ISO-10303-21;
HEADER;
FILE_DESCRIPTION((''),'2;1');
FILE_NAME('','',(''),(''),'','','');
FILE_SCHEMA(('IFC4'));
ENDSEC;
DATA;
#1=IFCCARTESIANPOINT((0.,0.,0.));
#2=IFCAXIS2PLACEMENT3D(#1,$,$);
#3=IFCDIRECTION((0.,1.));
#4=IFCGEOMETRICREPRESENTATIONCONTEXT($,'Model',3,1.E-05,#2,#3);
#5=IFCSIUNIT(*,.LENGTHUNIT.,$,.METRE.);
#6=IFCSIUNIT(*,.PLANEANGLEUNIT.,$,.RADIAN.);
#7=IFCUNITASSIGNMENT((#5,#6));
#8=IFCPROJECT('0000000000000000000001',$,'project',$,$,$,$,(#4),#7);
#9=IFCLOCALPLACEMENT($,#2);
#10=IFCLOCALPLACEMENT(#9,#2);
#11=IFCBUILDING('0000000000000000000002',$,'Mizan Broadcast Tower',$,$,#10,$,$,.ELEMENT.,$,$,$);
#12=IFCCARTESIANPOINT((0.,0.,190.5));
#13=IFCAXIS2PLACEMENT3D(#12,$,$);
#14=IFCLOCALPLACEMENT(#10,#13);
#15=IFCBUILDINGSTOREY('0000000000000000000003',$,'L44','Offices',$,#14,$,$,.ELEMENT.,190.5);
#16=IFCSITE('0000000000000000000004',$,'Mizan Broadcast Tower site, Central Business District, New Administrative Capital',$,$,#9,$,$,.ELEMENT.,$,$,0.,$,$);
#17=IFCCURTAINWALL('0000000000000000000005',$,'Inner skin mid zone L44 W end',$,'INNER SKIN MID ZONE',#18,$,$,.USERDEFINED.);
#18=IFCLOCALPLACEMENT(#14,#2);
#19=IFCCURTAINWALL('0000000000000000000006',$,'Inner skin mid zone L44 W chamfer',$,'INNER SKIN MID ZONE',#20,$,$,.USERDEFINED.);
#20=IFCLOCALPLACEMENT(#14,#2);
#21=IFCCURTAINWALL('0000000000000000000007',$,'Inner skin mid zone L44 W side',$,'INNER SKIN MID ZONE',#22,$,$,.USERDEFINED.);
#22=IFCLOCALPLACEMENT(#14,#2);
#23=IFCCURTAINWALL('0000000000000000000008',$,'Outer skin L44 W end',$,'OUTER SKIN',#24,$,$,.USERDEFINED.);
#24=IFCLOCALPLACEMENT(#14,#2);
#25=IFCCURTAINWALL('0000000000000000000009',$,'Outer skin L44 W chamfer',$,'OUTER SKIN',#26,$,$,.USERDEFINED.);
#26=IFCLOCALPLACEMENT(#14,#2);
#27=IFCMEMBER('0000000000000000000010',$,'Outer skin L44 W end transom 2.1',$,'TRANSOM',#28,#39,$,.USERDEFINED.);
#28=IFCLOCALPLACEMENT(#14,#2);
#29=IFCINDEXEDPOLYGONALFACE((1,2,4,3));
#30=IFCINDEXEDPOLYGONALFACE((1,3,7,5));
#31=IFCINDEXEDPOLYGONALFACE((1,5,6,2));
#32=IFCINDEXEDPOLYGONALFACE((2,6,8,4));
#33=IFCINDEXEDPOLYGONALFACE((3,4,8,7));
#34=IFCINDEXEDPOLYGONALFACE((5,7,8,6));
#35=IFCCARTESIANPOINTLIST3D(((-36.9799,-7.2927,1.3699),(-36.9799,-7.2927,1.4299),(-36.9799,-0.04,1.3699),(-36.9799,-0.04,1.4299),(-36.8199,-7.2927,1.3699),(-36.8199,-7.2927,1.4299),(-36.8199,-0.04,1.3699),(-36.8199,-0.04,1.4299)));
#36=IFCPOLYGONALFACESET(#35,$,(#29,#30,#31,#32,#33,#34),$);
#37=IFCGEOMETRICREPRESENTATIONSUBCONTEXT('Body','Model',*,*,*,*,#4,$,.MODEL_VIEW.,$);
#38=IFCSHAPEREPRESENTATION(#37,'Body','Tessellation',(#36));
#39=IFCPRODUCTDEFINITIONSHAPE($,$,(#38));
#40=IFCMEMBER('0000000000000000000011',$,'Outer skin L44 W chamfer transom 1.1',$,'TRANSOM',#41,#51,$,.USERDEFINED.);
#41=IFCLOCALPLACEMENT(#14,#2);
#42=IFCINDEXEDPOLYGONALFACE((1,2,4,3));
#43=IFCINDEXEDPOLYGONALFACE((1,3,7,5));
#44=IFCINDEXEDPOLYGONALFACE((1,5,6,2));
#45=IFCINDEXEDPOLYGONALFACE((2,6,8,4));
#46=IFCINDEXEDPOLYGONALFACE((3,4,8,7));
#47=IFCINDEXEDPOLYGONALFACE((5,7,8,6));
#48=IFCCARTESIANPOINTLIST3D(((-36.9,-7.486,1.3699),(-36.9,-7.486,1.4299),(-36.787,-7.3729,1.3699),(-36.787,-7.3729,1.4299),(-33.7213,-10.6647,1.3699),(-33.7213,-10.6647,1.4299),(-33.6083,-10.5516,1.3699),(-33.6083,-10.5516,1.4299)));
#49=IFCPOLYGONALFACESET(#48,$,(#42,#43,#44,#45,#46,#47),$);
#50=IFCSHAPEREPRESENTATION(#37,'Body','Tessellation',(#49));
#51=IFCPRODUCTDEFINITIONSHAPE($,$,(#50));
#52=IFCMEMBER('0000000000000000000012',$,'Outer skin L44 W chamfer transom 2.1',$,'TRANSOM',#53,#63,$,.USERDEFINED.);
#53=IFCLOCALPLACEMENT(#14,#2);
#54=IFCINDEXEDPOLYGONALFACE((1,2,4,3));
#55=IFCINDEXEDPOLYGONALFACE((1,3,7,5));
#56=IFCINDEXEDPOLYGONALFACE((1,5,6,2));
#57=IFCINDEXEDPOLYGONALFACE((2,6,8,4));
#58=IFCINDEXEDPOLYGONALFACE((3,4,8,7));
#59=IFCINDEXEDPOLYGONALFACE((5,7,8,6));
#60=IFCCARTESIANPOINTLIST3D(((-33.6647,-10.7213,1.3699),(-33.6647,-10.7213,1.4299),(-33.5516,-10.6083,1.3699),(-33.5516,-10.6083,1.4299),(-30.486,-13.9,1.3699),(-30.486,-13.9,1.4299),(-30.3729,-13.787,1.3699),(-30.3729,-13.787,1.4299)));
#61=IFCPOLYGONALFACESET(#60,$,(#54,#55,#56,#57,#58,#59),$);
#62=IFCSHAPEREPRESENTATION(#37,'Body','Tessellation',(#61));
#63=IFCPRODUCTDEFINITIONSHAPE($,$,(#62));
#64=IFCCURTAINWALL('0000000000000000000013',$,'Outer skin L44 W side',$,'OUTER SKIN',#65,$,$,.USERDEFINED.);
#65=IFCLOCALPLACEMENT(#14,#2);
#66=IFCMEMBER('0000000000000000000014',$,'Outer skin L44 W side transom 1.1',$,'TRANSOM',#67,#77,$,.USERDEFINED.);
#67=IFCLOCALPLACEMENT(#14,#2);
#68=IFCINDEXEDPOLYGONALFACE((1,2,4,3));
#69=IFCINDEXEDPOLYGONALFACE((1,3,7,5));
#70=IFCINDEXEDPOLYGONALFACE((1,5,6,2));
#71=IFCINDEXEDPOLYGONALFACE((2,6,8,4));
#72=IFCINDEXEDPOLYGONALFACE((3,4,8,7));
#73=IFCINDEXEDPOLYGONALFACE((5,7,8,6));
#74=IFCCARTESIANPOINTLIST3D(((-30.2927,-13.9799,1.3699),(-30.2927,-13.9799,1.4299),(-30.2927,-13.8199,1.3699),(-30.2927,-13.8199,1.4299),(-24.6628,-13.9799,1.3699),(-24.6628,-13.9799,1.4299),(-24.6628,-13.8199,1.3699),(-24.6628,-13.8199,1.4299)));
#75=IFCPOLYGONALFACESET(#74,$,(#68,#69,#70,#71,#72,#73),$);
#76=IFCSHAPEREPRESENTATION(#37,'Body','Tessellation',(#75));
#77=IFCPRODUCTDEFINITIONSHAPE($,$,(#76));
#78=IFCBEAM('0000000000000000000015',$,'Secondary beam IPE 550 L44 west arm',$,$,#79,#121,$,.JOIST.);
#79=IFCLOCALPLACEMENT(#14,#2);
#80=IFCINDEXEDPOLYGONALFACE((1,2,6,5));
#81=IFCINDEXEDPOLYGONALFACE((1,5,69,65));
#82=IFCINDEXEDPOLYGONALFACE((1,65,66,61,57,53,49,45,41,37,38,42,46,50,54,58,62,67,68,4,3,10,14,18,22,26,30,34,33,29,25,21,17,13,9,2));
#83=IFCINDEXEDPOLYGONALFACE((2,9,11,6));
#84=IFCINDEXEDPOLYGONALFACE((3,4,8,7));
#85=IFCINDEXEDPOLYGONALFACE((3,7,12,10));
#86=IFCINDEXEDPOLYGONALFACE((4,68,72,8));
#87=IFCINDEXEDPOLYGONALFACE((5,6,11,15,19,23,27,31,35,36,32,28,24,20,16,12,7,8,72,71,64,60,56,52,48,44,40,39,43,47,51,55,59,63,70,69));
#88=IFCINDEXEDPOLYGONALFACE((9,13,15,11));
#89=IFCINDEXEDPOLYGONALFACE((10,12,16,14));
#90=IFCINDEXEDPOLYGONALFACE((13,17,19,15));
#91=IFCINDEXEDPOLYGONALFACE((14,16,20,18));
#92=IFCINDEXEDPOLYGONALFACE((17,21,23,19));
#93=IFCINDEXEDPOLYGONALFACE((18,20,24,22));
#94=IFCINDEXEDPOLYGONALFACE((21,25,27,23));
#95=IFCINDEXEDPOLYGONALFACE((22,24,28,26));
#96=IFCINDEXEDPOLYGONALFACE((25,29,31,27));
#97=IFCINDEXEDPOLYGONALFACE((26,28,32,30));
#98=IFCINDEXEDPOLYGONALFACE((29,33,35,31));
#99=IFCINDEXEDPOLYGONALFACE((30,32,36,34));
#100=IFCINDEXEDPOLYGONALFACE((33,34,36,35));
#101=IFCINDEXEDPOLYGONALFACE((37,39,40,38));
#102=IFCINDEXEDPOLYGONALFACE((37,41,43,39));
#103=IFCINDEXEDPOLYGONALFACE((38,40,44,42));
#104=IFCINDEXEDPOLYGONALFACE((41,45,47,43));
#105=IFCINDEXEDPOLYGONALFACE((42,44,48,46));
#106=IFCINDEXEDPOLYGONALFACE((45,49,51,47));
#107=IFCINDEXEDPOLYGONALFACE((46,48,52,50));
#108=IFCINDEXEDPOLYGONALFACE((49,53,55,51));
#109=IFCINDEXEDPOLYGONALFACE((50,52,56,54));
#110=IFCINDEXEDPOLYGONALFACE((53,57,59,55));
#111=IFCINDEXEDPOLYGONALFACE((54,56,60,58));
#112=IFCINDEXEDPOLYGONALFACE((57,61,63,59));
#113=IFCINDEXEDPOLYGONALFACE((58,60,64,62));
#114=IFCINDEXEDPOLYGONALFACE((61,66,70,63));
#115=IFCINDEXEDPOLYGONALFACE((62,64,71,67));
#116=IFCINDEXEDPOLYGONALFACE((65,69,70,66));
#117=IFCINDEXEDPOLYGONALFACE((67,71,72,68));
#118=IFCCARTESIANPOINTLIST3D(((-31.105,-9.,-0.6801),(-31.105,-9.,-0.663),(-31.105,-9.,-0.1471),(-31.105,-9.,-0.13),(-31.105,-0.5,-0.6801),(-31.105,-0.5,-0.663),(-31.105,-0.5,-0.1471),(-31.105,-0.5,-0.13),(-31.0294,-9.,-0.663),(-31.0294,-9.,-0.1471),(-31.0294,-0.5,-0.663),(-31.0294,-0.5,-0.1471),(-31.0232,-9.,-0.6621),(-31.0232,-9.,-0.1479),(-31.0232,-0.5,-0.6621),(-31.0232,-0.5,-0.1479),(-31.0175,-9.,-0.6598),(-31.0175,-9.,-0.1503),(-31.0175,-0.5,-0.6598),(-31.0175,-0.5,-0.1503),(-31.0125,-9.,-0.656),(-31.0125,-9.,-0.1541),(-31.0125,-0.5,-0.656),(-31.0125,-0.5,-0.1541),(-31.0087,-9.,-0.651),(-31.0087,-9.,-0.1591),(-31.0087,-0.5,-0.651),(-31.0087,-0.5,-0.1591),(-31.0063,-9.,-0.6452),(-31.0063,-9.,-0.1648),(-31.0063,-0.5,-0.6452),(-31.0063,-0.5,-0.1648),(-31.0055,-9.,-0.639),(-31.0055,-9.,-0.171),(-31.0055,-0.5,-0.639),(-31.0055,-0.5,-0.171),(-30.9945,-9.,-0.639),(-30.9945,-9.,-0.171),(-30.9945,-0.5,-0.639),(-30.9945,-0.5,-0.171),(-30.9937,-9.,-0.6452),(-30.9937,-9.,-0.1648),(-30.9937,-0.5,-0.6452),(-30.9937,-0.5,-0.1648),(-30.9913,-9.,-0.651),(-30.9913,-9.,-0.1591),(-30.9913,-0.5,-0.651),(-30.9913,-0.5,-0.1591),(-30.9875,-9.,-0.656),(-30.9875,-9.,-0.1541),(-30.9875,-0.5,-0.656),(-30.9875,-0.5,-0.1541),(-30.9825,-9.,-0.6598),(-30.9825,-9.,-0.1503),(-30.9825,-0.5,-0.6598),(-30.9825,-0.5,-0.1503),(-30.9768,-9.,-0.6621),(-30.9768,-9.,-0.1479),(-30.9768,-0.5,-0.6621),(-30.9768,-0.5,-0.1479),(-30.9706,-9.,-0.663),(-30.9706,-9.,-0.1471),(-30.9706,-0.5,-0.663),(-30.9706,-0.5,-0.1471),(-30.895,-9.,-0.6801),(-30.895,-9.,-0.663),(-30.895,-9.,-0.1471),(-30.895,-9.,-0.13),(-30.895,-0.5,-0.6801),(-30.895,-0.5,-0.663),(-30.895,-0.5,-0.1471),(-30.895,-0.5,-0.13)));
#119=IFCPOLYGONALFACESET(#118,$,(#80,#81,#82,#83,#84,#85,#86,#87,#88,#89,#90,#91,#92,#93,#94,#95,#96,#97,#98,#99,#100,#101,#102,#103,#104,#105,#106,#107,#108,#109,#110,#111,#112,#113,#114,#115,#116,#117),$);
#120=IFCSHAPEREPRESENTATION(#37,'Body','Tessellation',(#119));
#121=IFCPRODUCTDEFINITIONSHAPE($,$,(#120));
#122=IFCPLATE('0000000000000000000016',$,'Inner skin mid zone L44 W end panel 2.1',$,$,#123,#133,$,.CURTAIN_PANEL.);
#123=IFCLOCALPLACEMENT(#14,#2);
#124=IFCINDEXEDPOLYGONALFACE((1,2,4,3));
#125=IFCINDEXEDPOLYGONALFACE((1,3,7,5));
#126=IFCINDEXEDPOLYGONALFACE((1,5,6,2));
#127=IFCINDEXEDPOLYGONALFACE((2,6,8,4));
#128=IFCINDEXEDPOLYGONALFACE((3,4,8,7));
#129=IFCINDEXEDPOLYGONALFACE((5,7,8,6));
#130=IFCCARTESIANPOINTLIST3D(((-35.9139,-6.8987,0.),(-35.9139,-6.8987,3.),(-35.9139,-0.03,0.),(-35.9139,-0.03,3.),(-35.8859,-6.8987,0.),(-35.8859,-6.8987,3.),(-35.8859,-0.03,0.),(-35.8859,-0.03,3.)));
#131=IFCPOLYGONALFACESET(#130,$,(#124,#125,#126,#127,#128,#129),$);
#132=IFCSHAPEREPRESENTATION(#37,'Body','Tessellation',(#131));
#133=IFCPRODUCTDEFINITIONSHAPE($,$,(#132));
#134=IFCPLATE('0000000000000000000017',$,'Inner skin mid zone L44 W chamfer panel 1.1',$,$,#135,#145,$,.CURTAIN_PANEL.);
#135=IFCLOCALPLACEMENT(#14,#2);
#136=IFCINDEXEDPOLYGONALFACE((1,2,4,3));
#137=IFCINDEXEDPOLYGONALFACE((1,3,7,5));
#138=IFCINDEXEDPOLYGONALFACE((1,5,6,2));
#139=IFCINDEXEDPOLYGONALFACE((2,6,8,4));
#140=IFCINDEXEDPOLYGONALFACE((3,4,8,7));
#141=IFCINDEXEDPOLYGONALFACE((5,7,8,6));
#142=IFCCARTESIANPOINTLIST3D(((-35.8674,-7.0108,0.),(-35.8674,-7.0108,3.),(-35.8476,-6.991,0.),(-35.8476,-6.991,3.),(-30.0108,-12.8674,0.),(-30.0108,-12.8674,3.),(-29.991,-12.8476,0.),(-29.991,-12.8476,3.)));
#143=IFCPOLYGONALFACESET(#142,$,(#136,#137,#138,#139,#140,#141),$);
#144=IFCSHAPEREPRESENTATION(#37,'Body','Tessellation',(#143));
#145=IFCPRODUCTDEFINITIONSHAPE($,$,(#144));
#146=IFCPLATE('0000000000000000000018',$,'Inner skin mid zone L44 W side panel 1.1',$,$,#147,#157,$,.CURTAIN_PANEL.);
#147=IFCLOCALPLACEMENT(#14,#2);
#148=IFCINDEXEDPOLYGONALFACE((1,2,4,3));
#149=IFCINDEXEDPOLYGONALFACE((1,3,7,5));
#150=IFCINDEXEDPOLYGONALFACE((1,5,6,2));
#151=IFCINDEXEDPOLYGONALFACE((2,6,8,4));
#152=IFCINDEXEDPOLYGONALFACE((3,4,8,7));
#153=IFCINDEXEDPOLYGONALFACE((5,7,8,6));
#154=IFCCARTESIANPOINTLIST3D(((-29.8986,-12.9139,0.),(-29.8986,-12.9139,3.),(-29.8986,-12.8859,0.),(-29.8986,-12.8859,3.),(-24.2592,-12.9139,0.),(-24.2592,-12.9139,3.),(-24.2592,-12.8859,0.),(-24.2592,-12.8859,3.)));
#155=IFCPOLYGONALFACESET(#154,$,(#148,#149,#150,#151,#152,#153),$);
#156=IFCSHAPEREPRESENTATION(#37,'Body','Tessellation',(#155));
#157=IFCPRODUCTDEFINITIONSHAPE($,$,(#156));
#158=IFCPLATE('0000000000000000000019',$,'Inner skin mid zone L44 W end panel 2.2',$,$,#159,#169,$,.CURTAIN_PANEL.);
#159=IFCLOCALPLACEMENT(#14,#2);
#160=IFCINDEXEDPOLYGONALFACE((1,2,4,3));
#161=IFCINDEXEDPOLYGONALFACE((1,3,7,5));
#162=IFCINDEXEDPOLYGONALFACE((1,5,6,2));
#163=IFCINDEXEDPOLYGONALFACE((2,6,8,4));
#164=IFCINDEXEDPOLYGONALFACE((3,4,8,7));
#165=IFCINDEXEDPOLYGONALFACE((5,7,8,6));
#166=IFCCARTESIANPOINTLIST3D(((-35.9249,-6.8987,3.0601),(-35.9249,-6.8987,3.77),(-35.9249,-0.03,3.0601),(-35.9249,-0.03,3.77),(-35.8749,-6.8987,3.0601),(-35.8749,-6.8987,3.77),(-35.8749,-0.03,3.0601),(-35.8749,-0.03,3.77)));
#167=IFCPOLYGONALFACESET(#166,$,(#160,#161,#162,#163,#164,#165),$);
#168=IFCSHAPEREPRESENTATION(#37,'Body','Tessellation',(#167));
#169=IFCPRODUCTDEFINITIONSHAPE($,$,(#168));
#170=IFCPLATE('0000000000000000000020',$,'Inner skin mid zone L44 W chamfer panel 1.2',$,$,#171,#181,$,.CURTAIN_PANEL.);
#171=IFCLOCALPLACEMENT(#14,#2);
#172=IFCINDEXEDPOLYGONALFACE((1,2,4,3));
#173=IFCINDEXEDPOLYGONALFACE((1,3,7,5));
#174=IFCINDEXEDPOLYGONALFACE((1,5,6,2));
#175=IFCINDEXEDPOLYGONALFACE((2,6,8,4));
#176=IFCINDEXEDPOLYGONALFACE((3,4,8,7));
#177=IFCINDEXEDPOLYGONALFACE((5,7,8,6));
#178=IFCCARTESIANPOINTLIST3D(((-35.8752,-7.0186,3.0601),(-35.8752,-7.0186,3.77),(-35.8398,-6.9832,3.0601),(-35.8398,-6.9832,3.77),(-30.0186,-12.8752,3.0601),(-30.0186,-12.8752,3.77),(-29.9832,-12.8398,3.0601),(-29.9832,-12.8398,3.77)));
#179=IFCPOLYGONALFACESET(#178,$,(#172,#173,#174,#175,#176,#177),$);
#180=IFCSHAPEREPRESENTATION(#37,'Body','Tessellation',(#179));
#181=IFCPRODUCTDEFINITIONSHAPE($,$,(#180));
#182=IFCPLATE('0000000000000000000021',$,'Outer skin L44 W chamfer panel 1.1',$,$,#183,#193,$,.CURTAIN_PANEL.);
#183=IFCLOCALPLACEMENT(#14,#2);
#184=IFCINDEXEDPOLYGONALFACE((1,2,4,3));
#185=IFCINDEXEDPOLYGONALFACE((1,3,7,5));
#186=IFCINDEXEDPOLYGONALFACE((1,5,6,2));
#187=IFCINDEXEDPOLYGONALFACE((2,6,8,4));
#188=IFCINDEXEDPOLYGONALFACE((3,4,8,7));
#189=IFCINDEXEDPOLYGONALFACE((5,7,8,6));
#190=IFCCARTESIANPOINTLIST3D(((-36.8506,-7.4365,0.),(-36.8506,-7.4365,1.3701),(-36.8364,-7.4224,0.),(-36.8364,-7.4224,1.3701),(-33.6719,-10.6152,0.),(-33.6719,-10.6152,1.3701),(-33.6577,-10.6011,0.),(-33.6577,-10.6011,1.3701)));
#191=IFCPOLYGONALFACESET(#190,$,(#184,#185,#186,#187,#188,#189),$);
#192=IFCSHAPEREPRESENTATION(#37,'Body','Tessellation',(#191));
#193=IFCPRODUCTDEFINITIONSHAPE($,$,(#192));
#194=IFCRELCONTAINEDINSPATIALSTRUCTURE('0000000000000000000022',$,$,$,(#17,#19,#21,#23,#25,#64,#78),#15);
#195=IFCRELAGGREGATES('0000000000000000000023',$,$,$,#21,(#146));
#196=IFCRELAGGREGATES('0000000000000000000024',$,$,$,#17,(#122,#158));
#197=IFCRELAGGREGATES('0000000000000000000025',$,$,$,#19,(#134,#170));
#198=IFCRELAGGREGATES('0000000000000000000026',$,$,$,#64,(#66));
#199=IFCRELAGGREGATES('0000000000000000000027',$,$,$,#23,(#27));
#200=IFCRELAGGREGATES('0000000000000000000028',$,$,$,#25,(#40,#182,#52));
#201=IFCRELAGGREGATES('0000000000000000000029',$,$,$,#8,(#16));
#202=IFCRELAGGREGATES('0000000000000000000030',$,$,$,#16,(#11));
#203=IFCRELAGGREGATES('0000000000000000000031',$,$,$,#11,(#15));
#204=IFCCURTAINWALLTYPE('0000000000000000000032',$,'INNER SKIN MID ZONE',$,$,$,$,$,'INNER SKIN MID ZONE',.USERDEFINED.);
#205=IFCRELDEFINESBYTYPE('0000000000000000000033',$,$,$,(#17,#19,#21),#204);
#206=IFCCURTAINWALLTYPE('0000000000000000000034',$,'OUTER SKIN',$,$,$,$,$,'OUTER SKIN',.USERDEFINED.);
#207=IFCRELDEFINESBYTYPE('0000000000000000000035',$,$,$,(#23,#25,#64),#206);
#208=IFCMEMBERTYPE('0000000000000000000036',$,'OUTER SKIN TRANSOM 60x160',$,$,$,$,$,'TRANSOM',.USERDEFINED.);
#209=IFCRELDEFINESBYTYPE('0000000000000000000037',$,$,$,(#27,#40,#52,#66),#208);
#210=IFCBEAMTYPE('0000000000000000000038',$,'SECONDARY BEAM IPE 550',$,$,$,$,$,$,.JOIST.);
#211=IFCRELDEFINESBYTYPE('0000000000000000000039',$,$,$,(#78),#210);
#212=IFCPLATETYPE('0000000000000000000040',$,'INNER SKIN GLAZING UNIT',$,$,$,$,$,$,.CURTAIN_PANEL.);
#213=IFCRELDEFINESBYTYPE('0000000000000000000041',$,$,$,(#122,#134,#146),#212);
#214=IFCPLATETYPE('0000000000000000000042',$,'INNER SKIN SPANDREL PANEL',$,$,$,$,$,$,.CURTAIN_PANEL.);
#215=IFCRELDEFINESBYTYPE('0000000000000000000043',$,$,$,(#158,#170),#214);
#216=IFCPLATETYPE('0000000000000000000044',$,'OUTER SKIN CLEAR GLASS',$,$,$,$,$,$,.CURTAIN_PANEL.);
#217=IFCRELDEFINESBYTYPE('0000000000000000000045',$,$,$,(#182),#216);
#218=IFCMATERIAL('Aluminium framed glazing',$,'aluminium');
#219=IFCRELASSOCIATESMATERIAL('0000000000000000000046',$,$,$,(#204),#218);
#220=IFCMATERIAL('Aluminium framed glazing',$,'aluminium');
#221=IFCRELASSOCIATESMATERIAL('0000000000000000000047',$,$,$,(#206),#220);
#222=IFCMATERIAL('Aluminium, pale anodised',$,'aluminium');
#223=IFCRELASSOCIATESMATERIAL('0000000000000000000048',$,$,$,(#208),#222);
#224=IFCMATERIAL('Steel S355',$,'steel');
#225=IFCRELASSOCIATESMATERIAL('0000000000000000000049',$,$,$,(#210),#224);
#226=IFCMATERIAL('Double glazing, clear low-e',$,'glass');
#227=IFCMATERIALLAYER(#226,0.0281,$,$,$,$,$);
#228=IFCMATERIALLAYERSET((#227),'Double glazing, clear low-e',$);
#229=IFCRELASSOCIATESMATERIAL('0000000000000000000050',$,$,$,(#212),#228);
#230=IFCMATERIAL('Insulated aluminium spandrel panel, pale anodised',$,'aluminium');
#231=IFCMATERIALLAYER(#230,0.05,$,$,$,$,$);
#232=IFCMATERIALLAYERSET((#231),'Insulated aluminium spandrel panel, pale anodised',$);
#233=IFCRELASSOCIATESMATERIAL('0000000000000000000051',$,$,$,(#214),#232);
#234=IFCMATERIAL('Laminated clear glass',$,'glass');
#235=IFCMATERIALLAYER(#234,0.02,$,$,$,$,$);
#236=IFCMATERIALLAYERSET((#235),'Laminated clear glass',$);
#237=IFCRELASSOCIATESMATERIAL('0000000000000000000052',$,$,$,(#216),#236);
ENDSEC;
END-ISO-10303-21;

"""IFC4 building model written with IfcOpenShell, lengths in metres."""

from ifc_helpers import new_model, si_unit, direction, frame, origin, origin_2d, place, context, subcontext, project, spatial, rectangle, i_section, extrude, material, layer, layer_set, material_profile, profile_set, type_object, element, aggregate, save


model = new_model("IFC4")

# Units and contexts
model_context = context("Model", 3, precision=1e-05, world=origin(), true_north=direction((0.0, 1.0)))
body_context = subcontext(model_context, "Body", "Model", "MODEL_VIEW")
ifc_project = project(units=[si_unit("LENGTHUNIT", "METRE"), si_unit("PLANEANGLEUNIT", "RADIAN")], contexts=[model_context])

# Site, building, storey
site_placement = place(None, origin())
site = spatial("IfcSite", under=ifc_project, at=site_placement, Name="Mizan Broadcast Tower site, Central Business District, New Administrative Capital", CompositionType="ELEMENT", RefElevation=0.0)
building_placement = place(site_placement, origin())
building = spatial("IfcBuilding", under=site, at=building_placement, Name="Mizan Broadcast Tower", CompositionType="ELEMENT")
storey_placement = place(building_placement, frame((0.0, 0.0, 190.5)))
storey = spatial("IfcBuildingStorey", under=building, at=storey_placement, Name="L44", Description="Offices", CompositionType="ELEMENT", Elevation=190.5)

# Curtain wall
ifc_material_1 = material(Name="Aluminium framed glazing", Category="aluminium")
curtain_wall_type_1 = type_object("IfcCurtainWallType", Name="INNER SKIN MID ZONE", ElementType="INNER SKIN MID ZONE", PredefinedType="USERDEFINED", material=ifc_material_1)
curtain_wall_1_placement = place(storey_placement, origin())
curtain_wall_1 = element("IfcCurtainWall", 1, at=curtain_wall_1_placement, inside=storey, type_object=curtain_wall_type_1, Name="Inner skin mid zone L44 W end", ObjectType="INNER SKIN MID ZONE", PredefinedType="USERDEFINED")

# Curtain wall
curtain_wall_2_placement = place(storey_placement, origin())
curtain_wall_2 = element("IfcCurtainWall", 2, at=curtain_wall_2_placement, inside=storey, type_object=curtain_wall_type_1, Name="Inner skin mid zone L44 W chamfer", ObjectType="INNER SKIN MID ZONE", PredefinedType="USERDEFINED")

# Curtain wall
curtain_wall_3_placement = place(storey_placement, origin())
curtain_wall_3 = element("IfcCurtainWall", 3, at=curtain_wall_3_placement, inside=storey, type_object=curtain_wall_type_1, Name="Inner skin mid zone L44 W side", ObjectType="INNER SKIN MID ZONE", PredefinedType="USERDEFINED")

# Curtain walls
ifc_material_2 = material(Name="Aluminium framed glazing", Category="aluminium")
curtain_wall_type_2 = type_object("IfcCurtainWallType", Name="OUTER SKIN", ElementType="OUTER SKIN", PredefinedType="USERDEFINED", material=ifc_material_2)
curtain_wall_4_placement = place(storey_placement, origin())
curtain_wall_4 = element("IfcCurtainWall", 4, at=curtain_wall_4_placement, inside=storey, type_object=curtain_wall_type_2, Name="Outer skin L44 W end", ObjectType="OUTER SKIN", PredefinedType="USERDEFINED")
curtain_wall_5_placement = place(storey_placement, origin())
curtain_wall_5 = element("IfcCurtainWall", 5, at=curtain_wall_5_placement, inside=storey, type_object=curtain_wall_type_2, Name="Outer skin L44 W chamfer", ObjectType="OUTER SKIN", PredefinedType="USERDEFINED")

# Members
ifc_material_3 = material(Name="Aluminium, pale anodised", Category="aluminium")
ifc_material_profile_1 = material_profile(ifc_material_3, rectangle(XDim=0.1599, YDim=0.0601, at=origin_2d()), Name="TRANSOM 160x60")
ifc_profile_set_1 = profile_set([ifc_material_profile_1], Name="Aluminium, pale anodised")
member_type_1 = type_object("IfcMemberType", Name="OUTER SKIN TRANSOM 60x160", ElementType="TRANSOM", PredefinedType="USERDEFINED", material=ifc_profile_set_1)
member_1_placement = place(storey_placement, frame((-36.8999, -0.04, 1.3999), z_axis=(0.0, -1.0, 0.0), x_axis=(1.0, 0.0, 0.0)))
member_1 = element("IfcMember", 6, at=member_1_placement, type_object=member_type_1, Name="Outer skin L44 W end transom 2.1", ObjectType="TRANSOM", PredefinedType="USERDEFINED", context=body_context, shape_type="SweptSolid", body=[
    extrude(rectangle(XDim=0.1599, YDim=0.0601, at=origin_2d()), origin(), (0.0, 0.0, 1.0), 7.2527),
])
member_2_placement = place(storey_placement, frame((-36.8435, -7.4294, 1.3999), z_axis=(0.707107, -0.707107, 0.0), x_axis=(0.707107, 0.707107, 0.0)))
member_2 = element("IfcMember", 7, at=member_2_placement, type_object=member_type_1, Name="Outer skin L44 W chamfer transom 1.1", ObjectType="TRANSOM", PredefinedType="USERDEFINED", context=body_context, shape_type="SweptSolid", body=[
    extrude(rectangle(XDim=0.1599, YDim=0.0601, at=origin_2d()), origin(), (0.0, 0.0, 1.0), 4.4954),
])
member_3_placement = place(storey_placement, frame((-33.6082, -10.6648, 1.3999), z_axis=(0.707107, -0.707107, 0.0), x_axis=(0.707107, 0.707107, 0.0)))
member_3 = element("IfcMember", 8, at=member_3_placement, type_object=member_type_1, Name="Outer skin L44 W chamfer transom 2.1", ObjectType="TRANSOM", PredefinedType="USERDEFINED", context=body_context, shape_type="SweptSolid", body=[
    extrude(rectangle(XDim=0.1599, YDim=0.0601, at=origin_2d()), origin(), (0.0, 0.0, 1.0), 4.4954),
])

# Curtain wall, member
curtain_wall_6_placement = place(storey_placement, origin())
curtain_wall_6 = element("IfcCurtainWall", 9, at=curtain_wall_6_placement, inside=storey, type_object=curtain_wall_type_2, Name="Outer skin L44 W side", ObjectType="OUTER SKIN", PredefinedType="USERDEFINED")
member_4_placement = place(storey_placement, frame((-30.2927, -13.8999, 1.3999), z_axis=(1.0, 0.0, 0.0), x_axis=(0.0, 1.0, 0.0)))
member_4 = element("IfcMember", 10, at=member_4_placement, type_object=member_type_1, Name="Outer skin L44 W side transom 1.1", ObjectType="TRANSOM", PredefinedType="USERDEFINED", context=body_context, shape_type="SweptSolid", body=[
    extrude(rectangle(XDim=0.1599, YDim=0.0601, at=origin_2d()), origin(), (0.0, 0.0, 1.0), 5.6299),
])

# Beam
ifc_material_4 = material(Name="Steel S355", Category="steel")
ifc_material_profile_2 = material_profile(ifc_material_4, i_section(OverallWidth=0.21, OverallDepth=0.55, WebThickness=0.011, FlangeThickness=0.0171, FilletRadius=0.0239, at=origin_2d()), Name="IPE 550")
ifc_profile_set_2 = profile_set([ifc_material_profile_2], Name="Steel S355")
beam_type_1 = type_object("IfcBeamType", Name="SECONDARY BEAM IPE 550", PredefinedType="JOIST", material=ifc_profile_set_2)
beam_1_placement = place(storey_placement, frame((-31.0, -9.0, -0.405), z_axis=(0.0, 1.0, 0.0), x_axis=(-1.0, 0.0, 0.0)))
element("IfcBeam", 11, at=beam_1_placement, inside=storey, type_object=beam_type_1, Name="Secondary beam IPE 550 L44 west arm", PredefinedType="JOIST", context=body_context, shape_type="SweptSolid", body=[
    extrude(i_section(OverallWidth=0.21, OverallDepth=0.55, WebThickness=0.011, FlangeThickness=0.0171, FilletRadius=0.0239, at=origin_2d()), origin(), (0.0, 0.0, 1.0), 8.5),
])

# Plates
ifc_material_5 = material(Name="Double glazing, clear low-e", Category="glass")
ifc_layer_1 = layer(ifc_material_5, 0.0281)
ifc_layer_set_1 = layer_set([ifc_layer_1], Name="Double glazing, clear low-e")
plate_type_1 = type_object("IfcPlateType", Name="INNER SKIN GLAZING UNIT", PredefinedType="CURTAIN_PANEL", material=ifc_layer_set_1)
plate_1_placement = place(storey_placement, frame((-35.8999, -3.4644, 0.0), z_axis=(0.0, 0.0, 1.0), x_axis=(0.0, -1.0, 0.0)))
plate_1 = element("IfcPlate", 12, at=plate_1_placement, type_object=plate_type_1, Name="Inner skin mid zone L44 W end panel 2.1", PredefinedType="CURTAIN_PANEL", context=body_context, shape_type="SweptSolid", body=[
    extrude(rectangle(XDim=6.8687, YDim=0.0281, at=origin_2d()), origin(), (0.0, 0.0, 1.0), 3.0),
])
plate_2_placement = place(storey_placement, frame((-32.9292, -9.9292, 0.0), z_axis=(0.0, 0.0, 1.0), x_axis=(0.707107, -0.707107, 0.0)))
plate_2 = element("IfcPlate", 13, at=plate_2_placement, type_object=plate_type_1, Name="Inner skin mid zone L44 W chamfer panel 1.1", PredefinedType="CURTAIN_PANEL", context=body_context, shape_type="SweptSolid", body=[
    extrude(rectangle(XDim=8.2825, YDim=0.0281, at=origin_2d()), origin(), (0.0, 0.0, 1.0), 3.0),
])
plate_3_placement = place(storey_placement, frame((-27.0789, -12.8999, 0.0), z_axis=(0.0, 0.0, 1.0), x_axis=(1.0, 0.0, 0.0)))
plate_3 = element("IfcPlate", 14, at=plate_3_placement, type_object=plate_type_1, Name="Inner skin mid zone L44 W side panel 1.1", PredefinedType="CURTAIN_PANEL", context=body_context, shape_type="SweptSolid", body=[
    extrude(rectangle(XDim=5.6394, YDim=0.0281, at=origin_2d()), origin(), (0.0, 0.0, 1.0), 3.0),
])
aggregate(curtain_wall_3, [plate_3])
ifc_material_6 = material(Name="Insulated aluminium spandrel panel, pale anodised", Category="aluminium")
ifc_layer_2 = layer(ifc_material_6, 0.05)
ifc_layer_set_2 = layer_set([ifc_layer_2], Name="Insulated aluminium spandrel panel, pale anodised")
plate_type_2 = type_object("IfcPlateType", Name="INNER SKIN SPANDREL PANEL", PredefinedType="CURTAIN_PANEL", material=ifc_layer_set_2)
plate_4_placement = place(storey_placement, frame((-35.8999, -3.4644, 3.0601), z_axis=(0.0, 0.0, 1.0), x_axis=(0.0, -1.0, 0.0)))
plate_4 = element("IfcPlate", 15, at=plate_4_placement, type_object=plate_type_2, Name="Inner skin mid zone L44 W end panel 2.2", PredefinedType="CURTAIN_PANEL", context=body_context, shape_type="SweptSolid", body=[
    extrude(rectangle(XDim=6.8687, YDim=0.05, at=origin_2d()), origin(), (0.0, 0.0, 1.0), 0.71),
])
aggregate(curtain_wall_1, [plate_1, plate_4])
plate_5_placement = place(storey_placement, frame((-32.9292, -9.9292, 3.0601), z_axis=(0.0, 0.0, 1.0), x_axis=(0.707107, -0.707107, 0.0)))
plate_5 = element("IfcPlate", 16, at=plate_5_placement, type_object=plate_type_2, Name="Inner skin mid zone L44 W chamfer panel 1.2", PredefinedType="CURTAIN_PANEL", context=body_context, shape_type="SweptSolid", body=[
    extrude(rectangle(XDim=8.2825, YDim=0.05, at=origin_2d()), origin(), (0.0, 0.0, 1.0), 0.71),
])
aggregate(curtain_wall_2, [plate_2, plate_5])
ifc_material_7 = material(Name="Laminated clear glass", Category="glass")
ifc_layer_3 = layer(ifc_material_7, 0.02)
ifc_layer_set_3 = layer_set([ifc_layer_3], Name="Laminated clear glass")
plate_type_3 = type_object("IfcPlateType", Name="OUTER SKIN CLEAR GLASS", PredefinedType="CURTAIN_PANEL", material=ifc_layer_set_3)
plate_6_placement = place(storey_placement, frame((-35.2542, -9.0188, 0.0), z_axis=(0.0, 0.0, 1.0), x_axis=(0.707107, -0.707107, 0.0)))
plate_6 = element("IfcPlate", 17, at=plate_6_placement, type_object=plate_type_3, Name="Outer skin L44 W chamfer panel 1.1", PredefinedType="CURTAIN_PANEL", context=body_context, shape_type="SweptSolid", body=[
    extrude(rectangle(XDim=4.4954, YDim=0.02, at=origin_2d()), origin(), (0.0, 0.0, 1.0), 1.3701),
])
aggregate(curtain_wall_6, [member_4])
aggregate(curtain_wall_4, [member_1])
aggregate(curtain_wall_5, [member_2, plate_6, member_3])

save(model, "model.ifc")
